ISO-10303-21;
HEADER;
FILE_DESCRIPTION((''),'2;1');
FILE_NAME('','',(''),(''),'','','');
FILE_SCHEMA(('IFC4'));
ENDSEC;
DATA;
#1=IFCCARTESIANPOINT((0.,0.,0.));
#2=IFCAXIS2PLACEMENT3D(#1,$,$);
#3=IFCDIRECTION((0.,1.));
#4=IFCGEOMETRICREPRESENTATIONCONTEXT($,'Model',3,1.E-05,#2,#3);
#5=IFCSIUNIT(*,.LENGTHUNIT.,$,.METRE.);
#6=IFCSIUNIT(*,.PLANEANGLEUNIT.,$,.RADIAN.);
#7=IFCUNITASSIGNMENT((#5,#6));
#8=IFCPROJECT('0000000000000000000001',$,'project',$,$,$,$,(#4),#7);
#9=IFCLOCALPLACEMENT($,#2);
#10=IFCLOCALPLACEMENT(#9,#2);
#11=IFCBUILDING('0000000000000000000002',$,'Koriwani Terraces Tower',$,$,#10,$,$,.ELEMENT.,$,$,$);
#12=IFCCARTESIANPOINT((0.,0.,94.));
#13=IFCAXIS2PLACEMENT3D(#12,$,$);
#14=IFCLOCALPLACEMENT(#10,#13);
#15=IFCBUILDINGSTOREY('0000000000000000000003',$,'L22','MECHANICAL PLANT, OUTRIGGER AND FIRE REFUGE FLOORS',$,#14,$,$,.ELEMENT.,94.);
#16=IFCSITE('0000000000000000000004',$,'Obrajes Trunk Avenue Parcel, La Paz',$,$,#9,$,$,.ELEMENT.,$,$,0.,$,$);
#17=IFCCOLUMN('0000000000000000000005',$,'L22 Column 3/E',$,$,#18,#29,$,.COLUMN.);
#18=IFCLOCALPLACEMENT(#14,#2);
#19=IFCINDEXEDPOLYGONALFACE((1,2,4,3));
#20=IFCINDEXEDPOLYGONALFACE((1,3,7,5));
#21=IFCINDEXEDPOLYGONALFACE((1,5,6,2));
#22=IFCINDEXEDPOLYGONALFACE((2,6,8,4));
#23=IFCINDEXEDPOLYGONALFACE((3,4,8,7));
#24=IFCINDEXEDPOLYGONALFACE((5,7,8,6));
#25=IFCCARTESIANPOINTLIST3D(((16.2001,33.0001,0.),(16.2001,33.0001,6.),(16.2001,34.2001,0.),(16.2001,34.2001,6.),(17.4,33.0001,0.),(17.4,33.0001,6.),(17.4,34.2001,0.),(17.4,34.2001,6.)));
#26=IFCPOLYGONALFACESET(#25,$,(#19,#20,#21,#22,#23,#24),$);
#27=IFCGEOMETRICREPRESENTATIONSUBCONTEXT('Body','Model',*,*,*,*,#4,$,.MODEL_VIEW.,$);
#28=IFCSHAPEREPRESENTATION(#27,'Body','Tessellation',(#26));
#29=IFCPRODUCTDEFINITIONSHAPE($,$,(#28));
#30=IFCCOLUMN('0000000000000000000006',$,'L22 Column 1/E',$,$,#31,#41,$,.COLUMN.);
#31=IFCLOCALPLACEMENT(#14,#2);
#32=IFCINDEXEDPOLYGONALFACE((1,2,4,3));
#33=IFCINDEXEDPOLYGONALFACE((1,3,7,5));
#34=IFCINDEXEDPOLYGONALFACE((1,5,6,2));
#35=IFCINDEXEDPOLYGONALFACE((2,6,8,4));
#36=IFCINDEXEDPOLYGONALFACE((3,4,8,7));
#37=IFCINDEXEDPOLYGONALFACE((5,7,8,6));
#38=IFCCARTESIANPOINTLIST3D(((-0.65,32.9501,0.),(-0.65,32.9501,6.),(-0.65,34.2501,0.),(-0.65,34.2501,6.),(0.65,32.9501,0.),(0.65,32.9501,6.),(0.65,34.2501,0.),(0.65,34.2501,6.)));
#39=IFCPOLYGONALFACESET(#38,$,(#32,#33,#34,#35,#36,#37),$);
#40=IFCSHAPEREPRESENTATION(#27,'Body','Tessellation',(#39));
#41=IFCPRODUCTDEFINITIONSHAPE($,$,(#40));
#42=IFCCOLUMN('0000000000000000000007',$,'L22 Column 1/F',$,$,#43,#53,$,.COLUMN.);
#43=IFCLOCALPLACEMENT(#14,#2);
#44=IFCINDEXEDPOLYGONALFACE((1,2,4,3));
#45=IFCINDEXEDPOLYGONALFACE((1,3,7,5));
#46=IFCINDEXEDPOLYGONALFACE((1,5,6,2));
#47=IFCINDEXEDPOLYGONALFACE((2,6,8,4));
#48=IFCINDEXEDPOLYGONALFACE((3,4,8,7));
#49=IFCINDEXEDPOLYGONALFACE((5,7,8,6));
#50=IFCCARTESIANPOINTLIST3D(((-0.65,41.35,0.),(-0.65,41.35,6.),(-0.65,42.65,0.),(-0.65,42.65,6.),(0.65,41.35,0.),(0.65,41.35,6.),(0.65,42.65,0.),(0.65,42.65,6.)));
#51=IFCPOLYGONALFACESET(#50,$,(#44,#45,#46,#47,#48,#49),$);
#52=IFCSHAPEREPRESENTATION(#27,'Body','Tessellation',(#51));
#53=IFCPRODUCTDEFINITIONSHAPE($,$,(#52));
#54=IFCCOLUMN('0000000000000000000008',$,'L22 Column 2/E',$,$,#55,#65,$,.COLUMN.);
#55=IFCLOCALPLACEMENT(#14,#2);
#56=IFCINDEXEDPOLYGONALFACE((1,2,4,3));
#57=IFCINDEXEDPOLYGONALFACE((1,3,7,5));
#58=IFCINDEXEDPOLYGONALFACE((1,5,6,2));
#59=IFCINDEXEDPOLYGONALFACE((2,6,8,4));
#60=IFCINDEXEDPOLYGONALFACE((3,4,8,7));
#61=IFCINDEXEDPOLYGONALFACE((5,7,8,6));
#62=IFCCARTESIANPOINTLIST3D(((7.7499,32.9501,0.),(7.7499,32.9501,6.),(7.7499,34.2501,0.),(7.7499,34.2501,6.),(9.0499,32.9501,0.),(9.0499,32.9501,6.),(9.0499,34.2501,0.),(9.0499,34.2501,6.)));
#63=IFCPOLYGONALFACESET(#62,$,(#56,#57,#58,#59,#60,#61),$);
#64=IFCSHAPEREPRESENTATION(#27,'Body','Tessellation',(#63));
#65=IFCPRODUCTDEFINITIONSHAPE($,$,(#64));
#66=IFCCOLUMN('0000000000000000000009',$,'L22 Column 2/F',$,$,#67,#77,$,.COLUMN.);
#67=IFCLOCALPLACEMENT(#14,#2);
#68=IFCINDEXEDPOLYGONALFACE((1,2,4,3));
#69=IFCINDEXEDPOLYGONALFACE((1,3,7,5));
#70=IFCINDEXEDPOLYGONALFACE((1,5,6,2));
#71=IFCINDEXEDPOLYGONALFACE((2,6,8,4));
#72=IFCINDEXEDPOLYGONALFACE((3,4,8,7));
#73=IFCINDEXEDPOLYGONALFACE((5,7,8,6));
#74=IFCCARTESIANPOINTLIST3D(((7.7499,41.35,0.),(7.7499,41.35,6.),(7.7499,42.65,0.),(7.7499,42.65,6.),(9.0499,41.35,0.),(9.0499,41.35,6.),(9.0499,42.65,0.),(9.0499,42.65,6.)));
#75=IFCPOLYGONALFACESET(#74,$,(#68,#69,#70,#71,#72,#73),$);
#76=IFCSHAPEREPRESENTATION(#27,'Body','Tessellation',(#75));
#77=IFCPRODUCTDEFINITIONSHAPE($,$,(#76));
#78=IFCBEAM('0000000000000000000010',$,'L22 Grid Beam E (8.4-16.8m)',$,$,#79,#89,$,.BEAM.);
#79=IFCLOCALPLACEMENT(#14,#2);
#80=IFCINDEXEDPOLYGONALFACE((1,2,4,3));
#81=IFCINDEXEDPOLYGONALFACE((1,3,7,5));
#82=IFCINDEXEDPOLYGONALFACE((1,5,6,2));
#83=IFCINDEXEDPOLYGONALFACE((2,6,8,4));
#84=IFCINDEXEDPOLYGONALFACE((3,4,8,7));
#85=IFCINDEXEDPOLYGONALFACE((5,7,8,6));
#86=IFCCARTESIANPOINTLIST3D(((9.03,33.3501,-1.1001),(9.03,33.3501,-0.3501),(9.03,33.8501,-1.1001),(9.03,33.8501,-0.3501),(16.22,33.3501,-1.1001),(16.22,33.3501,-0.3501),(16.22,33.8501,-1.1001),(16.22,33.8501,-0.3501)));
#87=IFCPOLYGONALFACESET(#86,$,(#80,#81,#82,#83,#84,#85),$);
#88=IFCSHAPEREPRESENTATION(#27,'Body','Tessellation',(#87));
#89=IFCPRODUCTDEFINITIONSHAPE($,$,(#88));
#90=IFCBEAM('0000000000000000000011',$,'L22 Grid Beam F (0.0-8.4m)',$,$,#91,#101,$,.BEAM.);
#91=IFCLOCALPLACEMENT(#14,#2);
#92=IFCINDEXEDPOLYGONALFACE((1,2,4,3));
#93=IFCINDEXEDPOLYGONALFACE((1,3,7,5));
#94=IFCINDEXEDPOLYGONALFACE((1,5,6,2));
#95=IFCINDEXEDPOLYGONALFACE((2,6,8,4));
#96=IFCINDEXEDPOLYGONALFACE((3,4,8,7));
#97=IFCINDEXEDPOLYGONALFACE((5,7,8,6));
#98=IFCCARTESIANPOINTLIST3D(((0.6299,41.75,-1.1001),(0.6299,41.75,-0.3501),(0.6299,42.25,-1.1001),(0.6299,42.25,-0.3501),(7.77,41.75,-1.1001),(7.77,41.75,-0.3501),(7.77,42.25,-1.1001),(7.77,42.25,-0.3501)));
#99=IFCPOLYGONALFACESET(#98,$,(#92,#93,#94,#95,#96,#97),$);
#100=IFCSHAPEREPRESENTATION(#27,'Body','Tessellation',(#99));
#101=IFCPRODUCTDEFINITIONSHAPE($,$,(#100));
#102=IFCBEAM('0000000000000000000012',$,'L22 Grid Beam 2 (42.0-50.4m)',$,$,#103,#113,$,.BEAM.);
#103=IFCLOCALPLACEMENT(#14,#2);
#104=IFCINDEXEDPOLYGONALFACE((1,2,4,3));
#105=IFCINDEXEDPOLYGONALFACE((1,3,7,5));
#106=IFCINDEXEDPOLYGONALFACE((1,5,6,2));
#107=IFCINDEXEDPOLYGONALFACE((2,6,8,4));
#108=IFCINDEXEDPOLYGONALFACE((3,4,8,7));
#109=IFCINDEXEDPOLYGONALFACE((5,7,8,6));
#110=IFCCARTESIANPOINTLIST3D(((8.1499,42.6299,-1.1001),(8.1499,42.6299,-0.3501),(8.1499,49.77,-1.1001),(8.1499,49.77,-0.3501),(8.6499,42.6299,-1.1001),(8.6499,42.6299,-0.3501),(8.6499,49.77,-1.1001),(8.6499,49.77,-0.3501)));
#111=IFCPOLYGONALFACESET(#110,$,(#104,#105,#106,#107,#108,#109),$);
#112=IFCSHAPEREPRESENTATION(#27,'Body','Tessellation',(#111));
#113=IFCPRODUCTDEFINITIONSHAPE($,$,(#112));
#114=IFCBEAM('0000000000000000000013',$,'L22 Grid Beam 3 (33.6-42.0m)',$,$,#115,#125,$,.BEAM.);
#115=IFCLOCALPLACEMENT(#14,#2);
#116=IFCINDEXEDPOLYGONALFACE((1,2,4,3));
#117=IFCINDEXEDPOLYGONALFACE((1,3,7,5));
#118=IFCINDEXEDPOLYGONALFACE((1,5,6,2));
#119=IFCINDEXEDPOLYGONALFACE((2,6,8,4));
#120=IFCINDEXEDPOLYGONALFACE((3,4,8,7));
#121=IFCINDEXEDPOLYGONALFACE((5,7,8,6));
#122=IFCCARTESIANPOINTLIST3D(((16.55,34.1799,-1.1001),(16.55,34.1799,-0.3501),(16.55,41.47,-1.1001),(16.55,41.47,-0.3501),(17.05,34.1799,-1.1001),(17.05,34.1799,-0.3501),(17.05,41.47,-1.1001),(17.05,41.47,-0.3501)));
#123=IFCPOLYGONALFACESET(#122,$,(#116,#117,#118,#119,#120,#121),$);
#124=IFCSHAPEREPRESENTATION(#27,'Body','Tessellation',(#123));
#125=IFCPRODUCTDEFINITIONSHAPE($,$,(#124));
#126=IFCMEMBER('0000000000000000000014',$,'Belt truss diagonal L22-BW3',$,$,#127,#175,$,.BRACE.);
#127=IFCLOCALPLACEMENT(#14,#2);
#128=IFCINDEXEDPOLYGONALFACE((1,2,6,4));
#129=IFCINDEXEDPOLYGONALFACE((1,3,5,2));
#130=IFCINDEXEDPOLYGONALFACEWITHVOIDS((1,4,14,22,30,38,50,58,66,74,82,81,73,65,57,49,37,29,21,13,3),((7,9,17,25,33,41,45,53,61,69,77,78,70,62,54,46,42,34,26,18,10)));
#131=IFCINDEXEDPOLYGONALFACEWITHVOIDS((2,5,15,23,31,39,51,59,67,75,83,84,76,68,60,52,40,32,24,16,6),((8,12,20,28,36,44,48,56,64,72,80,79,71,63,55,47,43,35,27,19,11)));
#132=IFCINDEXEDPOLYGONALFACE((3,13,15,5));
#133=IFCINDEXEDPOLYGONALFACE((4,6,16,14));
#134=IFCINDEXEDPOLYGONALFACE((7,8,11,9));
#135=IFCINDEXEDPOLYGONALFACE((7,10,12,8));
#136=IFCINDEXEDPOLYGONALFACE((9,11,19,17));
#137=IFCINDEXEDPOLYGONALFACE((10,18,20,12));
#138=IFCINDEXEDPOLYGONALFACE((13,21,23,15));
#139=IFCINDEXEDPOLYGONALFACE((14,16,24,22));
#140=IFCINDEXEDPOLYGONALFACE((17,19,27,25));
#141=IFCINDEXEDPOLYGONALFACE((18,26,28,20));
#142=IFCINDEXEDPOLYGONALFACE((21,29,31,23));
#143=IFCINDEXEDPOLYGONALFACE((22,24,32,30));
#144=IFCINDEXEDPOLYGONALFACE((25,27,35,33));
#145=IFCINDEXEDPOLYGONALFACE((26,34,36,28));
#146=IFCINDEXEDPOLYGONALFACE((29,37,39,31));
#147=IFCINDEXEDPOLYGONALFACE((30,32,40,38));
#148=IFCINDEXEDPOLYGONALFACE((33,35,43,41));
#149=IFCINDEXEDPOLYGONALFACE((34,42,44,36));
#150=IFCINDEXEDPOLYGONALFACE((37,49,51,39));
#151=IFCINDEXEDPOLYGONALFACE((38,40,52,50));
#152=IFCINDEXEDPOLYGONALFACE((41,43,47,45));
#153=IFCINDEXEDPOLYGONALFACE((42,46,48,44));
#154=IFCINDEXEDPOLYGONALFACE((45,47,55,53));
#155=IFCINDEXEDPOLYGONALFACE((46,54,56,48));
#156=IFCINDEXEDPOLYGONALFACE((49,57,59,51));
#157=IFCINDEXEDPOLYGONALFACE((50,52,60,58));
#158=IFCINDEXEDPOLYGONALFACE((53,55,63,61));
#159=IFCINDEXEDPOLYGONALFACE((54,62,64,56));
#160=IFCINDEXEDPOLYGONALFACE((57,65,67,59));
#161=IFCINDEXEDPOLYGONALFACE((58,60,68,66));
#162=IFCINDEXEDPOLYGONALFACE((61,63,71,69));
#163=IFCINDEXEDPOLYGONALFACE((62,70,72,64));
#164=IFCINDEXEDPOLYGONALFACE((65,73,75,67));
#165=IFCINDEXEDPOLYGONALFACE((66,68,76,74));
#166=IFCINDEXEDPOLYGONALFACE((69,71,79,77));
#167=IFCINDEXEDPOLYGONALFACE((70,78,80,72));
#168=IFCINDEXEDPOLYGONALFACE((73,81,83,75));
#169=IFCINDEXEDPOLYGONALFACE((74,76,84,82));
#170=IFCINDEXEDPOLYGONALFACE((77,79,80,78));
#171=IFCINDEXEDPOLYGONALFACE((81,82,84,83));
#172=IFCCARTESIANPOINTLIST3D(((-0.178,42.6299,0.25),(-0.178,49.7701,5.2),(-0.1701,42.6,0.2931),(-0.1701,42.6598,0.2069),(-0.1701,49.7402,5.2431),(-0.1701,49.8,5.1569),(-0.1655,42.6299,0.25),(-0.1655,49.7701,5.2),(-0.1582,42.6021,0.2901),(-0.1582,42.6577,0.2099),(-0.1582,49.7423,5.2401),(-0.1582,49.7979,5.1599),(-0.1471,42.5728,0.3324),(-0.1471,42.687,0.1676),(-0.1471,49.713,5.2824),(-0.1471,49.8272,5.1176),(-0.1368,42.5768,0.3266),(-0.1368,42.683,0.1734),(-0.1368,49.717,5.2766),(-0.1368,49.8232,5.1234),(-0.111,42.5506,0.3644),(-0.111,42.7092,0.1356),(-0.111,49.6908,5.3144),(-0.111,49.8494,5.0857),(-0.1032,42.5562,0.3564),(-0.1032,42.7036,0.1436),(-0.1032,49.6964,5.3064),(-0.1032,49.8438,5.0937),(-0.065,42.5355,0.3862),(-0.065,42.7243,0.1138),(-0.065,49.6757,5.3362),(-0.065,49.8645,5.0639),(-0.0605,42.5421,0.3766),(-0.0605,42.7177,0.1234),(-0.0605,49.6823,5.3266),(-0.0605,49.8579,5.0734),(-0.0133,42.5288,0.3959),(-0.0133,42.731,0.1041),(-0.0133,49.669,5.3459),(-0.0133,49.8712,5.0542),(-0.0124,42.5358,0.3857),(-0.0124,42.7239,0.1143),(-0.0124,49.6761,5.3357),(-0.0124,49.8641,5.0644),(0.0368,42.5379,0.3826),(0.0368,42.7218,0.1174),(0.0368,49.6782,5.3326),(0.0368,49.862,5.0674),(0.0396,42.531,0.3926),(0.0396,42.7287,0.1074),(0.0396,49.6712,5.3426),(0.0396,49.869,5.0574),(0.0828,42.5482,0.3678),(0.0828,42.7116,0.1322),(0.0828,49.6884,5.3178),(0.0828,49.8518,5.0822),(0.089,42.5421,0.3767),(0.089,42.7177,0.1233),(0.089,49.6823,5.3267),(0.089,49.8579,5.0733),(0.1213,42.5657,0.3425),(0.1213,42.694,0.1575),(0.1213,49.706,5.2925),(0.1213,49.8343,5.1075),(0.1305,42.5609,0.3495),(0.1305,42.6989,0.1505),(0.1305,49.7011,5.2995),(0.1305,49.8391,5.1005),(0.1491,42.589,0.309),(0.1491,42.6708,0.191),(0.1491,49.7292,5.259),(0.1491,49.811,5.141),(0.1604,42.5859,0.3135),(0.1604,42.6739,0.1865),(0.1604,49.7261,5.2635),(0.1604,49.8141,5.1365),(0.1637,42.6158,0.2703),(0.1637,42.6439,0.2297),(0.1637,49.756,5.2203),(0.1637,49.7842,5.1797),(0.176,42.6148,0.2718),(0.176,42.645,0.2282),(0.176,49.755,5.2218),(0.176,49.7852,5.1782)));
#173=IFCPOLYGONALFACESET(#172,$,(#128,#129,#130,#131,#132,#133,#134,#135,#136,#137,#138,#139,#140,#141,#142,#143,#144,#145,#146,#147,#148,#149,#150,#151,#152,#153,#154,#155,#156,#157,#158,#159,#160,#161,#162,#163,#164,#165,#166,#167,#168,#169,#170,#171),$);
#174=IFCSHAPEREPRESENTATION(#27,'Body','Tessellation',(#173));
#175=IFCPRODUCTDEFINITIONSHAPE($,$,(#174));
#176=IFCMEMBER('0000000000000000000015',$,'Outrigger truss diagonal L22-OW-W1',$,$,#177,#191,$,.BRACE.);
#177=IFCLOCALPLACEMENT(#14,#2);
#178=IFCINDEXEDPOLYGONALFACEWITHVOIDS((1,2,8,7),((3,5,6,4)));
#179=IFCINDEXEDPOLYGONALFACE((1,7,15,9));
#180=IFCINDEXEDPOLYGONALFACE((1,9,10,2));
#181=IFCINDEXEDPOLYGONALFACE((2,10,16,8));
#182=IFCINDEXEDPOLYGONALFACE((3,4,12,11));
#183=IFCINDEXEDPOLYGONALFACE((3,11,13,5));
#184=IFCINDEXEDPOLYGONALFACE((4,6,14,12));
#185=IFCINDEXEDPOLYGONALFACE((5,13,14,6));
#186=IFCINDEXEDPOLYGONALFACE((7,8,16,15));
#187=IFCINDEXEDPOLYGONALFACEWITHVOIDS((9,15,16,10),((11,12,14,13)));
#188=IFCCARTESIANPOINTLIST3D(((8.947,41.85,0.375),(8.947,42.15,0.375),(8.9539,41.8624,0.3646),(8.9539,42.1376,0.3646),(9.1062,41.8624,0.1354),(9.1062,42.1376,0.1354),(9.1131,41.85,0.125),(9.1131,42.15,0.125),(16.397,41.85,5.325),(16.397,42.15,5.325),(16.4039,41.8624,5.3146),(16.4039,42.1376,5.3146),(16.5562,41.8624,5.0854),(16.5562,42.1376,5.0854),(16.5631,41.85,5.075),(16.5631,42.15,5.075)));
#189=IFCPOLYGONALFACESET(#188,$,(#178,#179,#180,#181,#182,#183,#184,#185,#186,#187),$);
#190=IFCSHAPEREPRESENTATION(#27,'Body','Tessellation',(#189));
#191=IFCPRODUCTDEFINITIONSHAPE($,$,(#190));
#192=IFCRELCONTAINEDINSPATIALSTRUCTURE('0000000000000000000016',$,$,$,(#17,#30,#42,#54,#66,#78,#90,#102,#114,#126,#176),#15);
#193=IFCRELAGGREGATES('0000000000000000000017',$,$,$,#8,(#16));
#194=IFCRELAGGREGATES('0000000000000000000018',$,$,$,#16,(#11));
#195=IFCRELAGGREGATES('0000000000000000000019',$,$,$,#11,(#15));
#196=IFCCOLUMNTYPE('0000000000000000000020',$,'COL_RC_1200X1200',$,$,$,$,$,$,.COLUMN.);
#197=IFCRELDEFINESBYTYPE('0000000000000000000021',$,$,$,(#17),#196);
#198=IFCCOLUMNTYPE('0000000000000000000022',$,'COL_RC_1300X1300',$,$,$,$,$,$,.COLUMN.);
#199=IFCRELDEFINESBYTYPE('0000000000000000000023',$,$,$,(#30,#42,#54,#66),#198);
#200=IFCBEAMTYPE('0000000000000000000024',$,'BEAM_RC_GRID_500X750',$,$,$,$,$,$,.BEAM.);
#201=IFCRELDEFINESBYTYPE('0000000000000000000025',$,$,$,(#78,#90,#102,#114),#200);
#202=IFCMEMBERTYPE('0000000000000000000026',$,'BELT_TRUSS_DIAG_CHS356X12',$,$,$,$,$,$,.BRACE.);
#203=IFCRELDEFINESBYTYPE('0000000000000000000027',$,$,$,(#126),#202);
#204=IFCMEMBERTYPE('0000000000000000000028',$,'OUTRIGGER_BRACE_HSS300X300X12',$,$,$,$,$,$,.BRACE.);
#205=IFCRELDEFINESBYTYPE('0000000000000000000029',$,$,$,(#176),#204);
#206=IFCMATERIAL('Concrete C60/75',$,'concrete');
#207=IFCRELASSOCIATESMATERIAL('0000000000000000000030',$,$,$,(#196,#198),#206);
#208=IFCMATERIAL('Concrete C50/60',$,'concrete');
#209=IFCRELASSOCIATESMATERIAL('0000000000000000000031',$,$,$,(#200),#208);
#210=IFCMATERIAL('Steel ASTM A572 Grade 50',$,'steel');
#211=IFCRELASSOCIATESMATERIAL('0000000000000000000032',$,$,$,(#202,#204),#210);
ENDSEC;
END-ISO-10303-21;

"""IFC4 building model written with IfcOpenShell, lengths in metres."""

from ifc_helpers import new_model, si_unit, direction, frame, origin, origin_2d, place, context, subcontext, project, spatial, rectangle, hollow_rectangle, hollow_circle, extrude, material, material_profile, profile_set, type_object, element, save


model = new_model("IFC4")

# Units and contexts
model_context = context("Model", 3, precision=1e-05, world=origin(), true_north=direction((0.0, 1.0)))
body_context = subcontext(model_context, "Body", "Model", "MODEL_VIEW")
ifc_project = project(units=[si_unit("LENGTHUNIT", "METRE"), si_unit("PLANEANGLEUNIT", "RADIAN")], contexts=[model_context])

# Site, building, storey
site_placement = place(None, origin())
site = spatial("IfcSite", under=ifc_project, at=site_placement, Name="Obrajes Trunk Avenue Parcel, La Paz", CompositionType="ELEMENT", RefElevation=0.0)
building_placement = place(site_placement, origin())
building = spatial("IfcBuilding", under=site, at=building_placement, Name="Koriwani Terraces Tower", CompositionType="ELEMENT")
storey_placement = place(building_placement, frame((0.0, 0.0, 94.0)))
storey = spatial("IfcBuildingStorey", under=building, at=storey_placement, Name="L22", Description="MECHANICAL PLANT, OUTRIGGER AND FIRE REFUGE FLOORS", CompositionType="ELEMENT", Elevation=94.0)

# Columns
ifc_material_1 = material(Name="Concrete C60/75", Category="concrete")
ifc_material_profile_1 = material_profile(ifc_material_1, rectangle(XDim=1.2, YDim=1.2, at=origin_2d()), Name="Concrete C60/75", Category="LoadBearing")
ifc_profile_set_1 = profile_set([ifc_material_profile_1], Name="Concrete C60/75")
column_type_1 = type_object("IfcColumnType", Name="COL_RC_1200X1200", PredefinedType="COLUMN", material=ifc_profile_set_1)
column_placement = place(storey_placement, frame((16.8, 33.6001, 0.0), z_axis=(0.0, 0.0, 1.0), x_axis=(1.0, 0.0, 0.0)))
element("IfcColumn", 1, at=column_placement, inside=storey, type_object=column_type_1, Name="L22 Column 3/E", PredefinedType="COLUMN", context=body_context, shape_type="SweptSolid", body=[
    extrude(rectangle(XDim=1.2, YDim=1.2, at=origin_2d()), origin(), (0.0, 0.0, 1.0), 6.0),
])
ifc_material_profile_2 = material_profile(ifc_material_1, rectangle(XDim=1.3, YDim=1.3, at=origin_2d()), Name="Concrete C60/75", Category="LoadBearing")
ifc_profile_set_2 = profile_set([ifc_material_profile_2], Name="Concrete C60/75")
column_type_2 = type_object("IfcColumnType", Name="COL_RC_1300X1300", PredefinedType="COLUMN", material=ifc_profile_set_2)
for number, where, z_axis, x_axis, name in (
    (2, (0.0, 33.6001, 0.0), (0.0, 0.0, 1.0), (1.0, 0.0, 0.0), "L22 Column 1/E"),
    (3, (0.0, 42.0, 0.0), (0.0, 0.0, 1.0), (1.0, 0.0, 0.0), "L22 Column 1/F"),
    (4, (8.3999, 33.6001, 0.0), (0.0, 0.0, 1.0), (1.0, 0.0, 0.0), "L22 Column 2/E"),
    (5, (8.3999, 42.0, 0.0), (0.0, 0.0, 1.0), (1.0, 0.0, 0.0), "L22 Column 2/F"),
):
    element("IfcColumn", number, at=place(storey_placement, frame(where, z_axis=z_axis, x_axis=x_axis)), inside=storey, type_object=column_type_2, Name=name, PredefinedType="COLUMN", context=body_context, shape_type="SweptSolid", body=[
        extrude(rectangle(XDim=1.3, YDim=1.3, at=origin_2d()), origin(), (0.0, 0.0, 1.0), 6.0),
    ])

# Beams
ifc_material_2 = material(Name="Concrete C50/60", Category="concrete")
ifc_material_profile_3 = material_profile(ifc_material_2, rectangle(XDim=0.5, YDim=0.75, at=origin_2d()), Name="Concrete C50/60", Category="LoadBearing")
ifc_profile_set_3 = profile_set([ifc_material_profile_3], Name="Concrete C50/60")
beam_type_1 = type_object("IfcBeamType", Name="BEAM_RC_GRID_500X750", PredefinedType="BEAM", material=ifc_profile_set_3)
beam_1_placement = place(storey_placement, frame((9.03, 33.6001, -0.7251), z_axis=(1.0, 0.0, 0.0), x_axis=(0.0, 1.0, 0.0)))
element("IfcBeam", 6, at=beam_1_placement, inside=storey, type_object=beam_type_1, Name="L22 Grid Beam E (8.4-16.8m)", PredefinedType="BEAM", context=body_context, shape_type="SweptSolid", body=[
    extrude(rectangle(XDim=0.5, YDim=0.75, at=origin_2d()), origin(), (0.0, 0.0, 1.0), 7.1899),
])
for number, where, z_axis, x_axis, name in (
    (7, (0.6299, 42.0, -0.7251), (1.0, 0.0, 0.0), (0.0, 1.0, 0.0), "L22 Grid Beam F (0.0-8.4m)"),
    (8, (8.3999, 42.6299, -0.7251), (0.0, 1.0, 0.0), (-1.0, 0.0, 0.0), "L22 Grid Beam 2 (42.0-50.4m)"),
):
    element("IfcBeam", number, at=place(storey_placement, frame(where, z_axis=z_axis, x_axis=x_axis)), inside=storey, type_object=beam_type_1, Name=name, PredefinedType="BEAM", context=body_context, shape_type="SweptSolid", body=[
        extrude(rectangle(XDim=0.5, YDim=0.75, at=origin_2d()), origin(), (0.0, 0.0, 1.0), 7.1401),
    ])
beam_2_placement = place(storey_placement, frame((16.8, 34.1799, -0.7251), z_axis=(0.0, 1.0, 0.0), x_axis=(-1.0, 0.0, 0.0)))
element("IfcBeam", 9, at=beam_2_placement, inside=storey, type_object=beam_type_1, Name="L22 Grid Beam 3 (33.6-42.0m)", PredefinedType="BEAM", context=body_context, shape_type="SweptSolid", body=[
    extrude(rectangle(XDim=0.5, YDim=0.75, at=origin_2d()), origin(), (0.0, 0.0, 1.0), 7.29),
])

# Members
ifc_material_3 = material(Name="Steel ASTM A572 Grade 50", Category="steel")
ifc_material_profile_4 = material_profile(ifc_material_3, hollow_circle(Radius=0.178, WallThickness=0.0125, at=origin_2d()), Name="Steel ASTM A572 Grade 50", Category="LoadBearing")
ifc_profile_set_4 = profile_set([ifc_material_profile_4], Name="Steel ASTM A572 Grade 50")
member_type_1 = type_object("IfcMemberType", Name="BELT_TRUSS_DIAG_CHS356X12", PredefinedType="BRACE", material=ifc_profile_set_4)
member_1_placement = place(storey_placement, frame((0.0, 42.6299, 0.25), z_axis=(0.0, 0.821827, 0.569737), x_axis=(-1.0, 0.0, 0.0)))
element("IfcMember", 10, at=member_1_placement, inside=storey, type_object=member_type_1, Name="Belt truss diagonal L22-BW3", PredefinedType="BRACE", context=body_context, shape_type="SweptSolid", body=[
    extrude(hollow_circle(Radius=0.178, WallThickness=0.0125, at=origin_2d()), origin(), (0.0, 0.0, 1.0), 8.6882),
])
ifc_material_profile_5 = material_profile(ifc_material_3, hollow_rectangle(XDim=0.3, YDim=0.3, WallThickness=0.0125, at=origin_2d()), Name="Steel ASTM A572 Grade 50", Category="LoadBearing")
ifc_profile_set_5 = profile_set([ifc_material_profile_5], Name="Steel ASTM A572 Grade 50")
member_type_2 = type_object("IfcMemberType", Name="OUTRIGGER_BRACE_HSS300X300X12", PredefinedType="BRACE", material=ifc_profile_set_5)
member_2_placement = place(storey_placement, frame((9.03, 42.0, 0.25), z_axis=(0.83291, 0.0, 0.553408), x_axis=(0.0, 1.0, 0.0)))
element("IfcMember", 11, at=member_2_placement, inside=storey, type_object=member_type_2, Name="Outrigger truss diagonal L22-OW-W1", PredefinedType="BRACE", context=body_context, shape_type="SweptSolid", body=[
    extrude(hollow_rectangle(XDim=0.3, YDim=0.3, WallThickness=0.0125, at=origin_2d()), origin(), (0.0, 0.0, 1.0), 8.9446),
])

save(model, "model.ifc")
